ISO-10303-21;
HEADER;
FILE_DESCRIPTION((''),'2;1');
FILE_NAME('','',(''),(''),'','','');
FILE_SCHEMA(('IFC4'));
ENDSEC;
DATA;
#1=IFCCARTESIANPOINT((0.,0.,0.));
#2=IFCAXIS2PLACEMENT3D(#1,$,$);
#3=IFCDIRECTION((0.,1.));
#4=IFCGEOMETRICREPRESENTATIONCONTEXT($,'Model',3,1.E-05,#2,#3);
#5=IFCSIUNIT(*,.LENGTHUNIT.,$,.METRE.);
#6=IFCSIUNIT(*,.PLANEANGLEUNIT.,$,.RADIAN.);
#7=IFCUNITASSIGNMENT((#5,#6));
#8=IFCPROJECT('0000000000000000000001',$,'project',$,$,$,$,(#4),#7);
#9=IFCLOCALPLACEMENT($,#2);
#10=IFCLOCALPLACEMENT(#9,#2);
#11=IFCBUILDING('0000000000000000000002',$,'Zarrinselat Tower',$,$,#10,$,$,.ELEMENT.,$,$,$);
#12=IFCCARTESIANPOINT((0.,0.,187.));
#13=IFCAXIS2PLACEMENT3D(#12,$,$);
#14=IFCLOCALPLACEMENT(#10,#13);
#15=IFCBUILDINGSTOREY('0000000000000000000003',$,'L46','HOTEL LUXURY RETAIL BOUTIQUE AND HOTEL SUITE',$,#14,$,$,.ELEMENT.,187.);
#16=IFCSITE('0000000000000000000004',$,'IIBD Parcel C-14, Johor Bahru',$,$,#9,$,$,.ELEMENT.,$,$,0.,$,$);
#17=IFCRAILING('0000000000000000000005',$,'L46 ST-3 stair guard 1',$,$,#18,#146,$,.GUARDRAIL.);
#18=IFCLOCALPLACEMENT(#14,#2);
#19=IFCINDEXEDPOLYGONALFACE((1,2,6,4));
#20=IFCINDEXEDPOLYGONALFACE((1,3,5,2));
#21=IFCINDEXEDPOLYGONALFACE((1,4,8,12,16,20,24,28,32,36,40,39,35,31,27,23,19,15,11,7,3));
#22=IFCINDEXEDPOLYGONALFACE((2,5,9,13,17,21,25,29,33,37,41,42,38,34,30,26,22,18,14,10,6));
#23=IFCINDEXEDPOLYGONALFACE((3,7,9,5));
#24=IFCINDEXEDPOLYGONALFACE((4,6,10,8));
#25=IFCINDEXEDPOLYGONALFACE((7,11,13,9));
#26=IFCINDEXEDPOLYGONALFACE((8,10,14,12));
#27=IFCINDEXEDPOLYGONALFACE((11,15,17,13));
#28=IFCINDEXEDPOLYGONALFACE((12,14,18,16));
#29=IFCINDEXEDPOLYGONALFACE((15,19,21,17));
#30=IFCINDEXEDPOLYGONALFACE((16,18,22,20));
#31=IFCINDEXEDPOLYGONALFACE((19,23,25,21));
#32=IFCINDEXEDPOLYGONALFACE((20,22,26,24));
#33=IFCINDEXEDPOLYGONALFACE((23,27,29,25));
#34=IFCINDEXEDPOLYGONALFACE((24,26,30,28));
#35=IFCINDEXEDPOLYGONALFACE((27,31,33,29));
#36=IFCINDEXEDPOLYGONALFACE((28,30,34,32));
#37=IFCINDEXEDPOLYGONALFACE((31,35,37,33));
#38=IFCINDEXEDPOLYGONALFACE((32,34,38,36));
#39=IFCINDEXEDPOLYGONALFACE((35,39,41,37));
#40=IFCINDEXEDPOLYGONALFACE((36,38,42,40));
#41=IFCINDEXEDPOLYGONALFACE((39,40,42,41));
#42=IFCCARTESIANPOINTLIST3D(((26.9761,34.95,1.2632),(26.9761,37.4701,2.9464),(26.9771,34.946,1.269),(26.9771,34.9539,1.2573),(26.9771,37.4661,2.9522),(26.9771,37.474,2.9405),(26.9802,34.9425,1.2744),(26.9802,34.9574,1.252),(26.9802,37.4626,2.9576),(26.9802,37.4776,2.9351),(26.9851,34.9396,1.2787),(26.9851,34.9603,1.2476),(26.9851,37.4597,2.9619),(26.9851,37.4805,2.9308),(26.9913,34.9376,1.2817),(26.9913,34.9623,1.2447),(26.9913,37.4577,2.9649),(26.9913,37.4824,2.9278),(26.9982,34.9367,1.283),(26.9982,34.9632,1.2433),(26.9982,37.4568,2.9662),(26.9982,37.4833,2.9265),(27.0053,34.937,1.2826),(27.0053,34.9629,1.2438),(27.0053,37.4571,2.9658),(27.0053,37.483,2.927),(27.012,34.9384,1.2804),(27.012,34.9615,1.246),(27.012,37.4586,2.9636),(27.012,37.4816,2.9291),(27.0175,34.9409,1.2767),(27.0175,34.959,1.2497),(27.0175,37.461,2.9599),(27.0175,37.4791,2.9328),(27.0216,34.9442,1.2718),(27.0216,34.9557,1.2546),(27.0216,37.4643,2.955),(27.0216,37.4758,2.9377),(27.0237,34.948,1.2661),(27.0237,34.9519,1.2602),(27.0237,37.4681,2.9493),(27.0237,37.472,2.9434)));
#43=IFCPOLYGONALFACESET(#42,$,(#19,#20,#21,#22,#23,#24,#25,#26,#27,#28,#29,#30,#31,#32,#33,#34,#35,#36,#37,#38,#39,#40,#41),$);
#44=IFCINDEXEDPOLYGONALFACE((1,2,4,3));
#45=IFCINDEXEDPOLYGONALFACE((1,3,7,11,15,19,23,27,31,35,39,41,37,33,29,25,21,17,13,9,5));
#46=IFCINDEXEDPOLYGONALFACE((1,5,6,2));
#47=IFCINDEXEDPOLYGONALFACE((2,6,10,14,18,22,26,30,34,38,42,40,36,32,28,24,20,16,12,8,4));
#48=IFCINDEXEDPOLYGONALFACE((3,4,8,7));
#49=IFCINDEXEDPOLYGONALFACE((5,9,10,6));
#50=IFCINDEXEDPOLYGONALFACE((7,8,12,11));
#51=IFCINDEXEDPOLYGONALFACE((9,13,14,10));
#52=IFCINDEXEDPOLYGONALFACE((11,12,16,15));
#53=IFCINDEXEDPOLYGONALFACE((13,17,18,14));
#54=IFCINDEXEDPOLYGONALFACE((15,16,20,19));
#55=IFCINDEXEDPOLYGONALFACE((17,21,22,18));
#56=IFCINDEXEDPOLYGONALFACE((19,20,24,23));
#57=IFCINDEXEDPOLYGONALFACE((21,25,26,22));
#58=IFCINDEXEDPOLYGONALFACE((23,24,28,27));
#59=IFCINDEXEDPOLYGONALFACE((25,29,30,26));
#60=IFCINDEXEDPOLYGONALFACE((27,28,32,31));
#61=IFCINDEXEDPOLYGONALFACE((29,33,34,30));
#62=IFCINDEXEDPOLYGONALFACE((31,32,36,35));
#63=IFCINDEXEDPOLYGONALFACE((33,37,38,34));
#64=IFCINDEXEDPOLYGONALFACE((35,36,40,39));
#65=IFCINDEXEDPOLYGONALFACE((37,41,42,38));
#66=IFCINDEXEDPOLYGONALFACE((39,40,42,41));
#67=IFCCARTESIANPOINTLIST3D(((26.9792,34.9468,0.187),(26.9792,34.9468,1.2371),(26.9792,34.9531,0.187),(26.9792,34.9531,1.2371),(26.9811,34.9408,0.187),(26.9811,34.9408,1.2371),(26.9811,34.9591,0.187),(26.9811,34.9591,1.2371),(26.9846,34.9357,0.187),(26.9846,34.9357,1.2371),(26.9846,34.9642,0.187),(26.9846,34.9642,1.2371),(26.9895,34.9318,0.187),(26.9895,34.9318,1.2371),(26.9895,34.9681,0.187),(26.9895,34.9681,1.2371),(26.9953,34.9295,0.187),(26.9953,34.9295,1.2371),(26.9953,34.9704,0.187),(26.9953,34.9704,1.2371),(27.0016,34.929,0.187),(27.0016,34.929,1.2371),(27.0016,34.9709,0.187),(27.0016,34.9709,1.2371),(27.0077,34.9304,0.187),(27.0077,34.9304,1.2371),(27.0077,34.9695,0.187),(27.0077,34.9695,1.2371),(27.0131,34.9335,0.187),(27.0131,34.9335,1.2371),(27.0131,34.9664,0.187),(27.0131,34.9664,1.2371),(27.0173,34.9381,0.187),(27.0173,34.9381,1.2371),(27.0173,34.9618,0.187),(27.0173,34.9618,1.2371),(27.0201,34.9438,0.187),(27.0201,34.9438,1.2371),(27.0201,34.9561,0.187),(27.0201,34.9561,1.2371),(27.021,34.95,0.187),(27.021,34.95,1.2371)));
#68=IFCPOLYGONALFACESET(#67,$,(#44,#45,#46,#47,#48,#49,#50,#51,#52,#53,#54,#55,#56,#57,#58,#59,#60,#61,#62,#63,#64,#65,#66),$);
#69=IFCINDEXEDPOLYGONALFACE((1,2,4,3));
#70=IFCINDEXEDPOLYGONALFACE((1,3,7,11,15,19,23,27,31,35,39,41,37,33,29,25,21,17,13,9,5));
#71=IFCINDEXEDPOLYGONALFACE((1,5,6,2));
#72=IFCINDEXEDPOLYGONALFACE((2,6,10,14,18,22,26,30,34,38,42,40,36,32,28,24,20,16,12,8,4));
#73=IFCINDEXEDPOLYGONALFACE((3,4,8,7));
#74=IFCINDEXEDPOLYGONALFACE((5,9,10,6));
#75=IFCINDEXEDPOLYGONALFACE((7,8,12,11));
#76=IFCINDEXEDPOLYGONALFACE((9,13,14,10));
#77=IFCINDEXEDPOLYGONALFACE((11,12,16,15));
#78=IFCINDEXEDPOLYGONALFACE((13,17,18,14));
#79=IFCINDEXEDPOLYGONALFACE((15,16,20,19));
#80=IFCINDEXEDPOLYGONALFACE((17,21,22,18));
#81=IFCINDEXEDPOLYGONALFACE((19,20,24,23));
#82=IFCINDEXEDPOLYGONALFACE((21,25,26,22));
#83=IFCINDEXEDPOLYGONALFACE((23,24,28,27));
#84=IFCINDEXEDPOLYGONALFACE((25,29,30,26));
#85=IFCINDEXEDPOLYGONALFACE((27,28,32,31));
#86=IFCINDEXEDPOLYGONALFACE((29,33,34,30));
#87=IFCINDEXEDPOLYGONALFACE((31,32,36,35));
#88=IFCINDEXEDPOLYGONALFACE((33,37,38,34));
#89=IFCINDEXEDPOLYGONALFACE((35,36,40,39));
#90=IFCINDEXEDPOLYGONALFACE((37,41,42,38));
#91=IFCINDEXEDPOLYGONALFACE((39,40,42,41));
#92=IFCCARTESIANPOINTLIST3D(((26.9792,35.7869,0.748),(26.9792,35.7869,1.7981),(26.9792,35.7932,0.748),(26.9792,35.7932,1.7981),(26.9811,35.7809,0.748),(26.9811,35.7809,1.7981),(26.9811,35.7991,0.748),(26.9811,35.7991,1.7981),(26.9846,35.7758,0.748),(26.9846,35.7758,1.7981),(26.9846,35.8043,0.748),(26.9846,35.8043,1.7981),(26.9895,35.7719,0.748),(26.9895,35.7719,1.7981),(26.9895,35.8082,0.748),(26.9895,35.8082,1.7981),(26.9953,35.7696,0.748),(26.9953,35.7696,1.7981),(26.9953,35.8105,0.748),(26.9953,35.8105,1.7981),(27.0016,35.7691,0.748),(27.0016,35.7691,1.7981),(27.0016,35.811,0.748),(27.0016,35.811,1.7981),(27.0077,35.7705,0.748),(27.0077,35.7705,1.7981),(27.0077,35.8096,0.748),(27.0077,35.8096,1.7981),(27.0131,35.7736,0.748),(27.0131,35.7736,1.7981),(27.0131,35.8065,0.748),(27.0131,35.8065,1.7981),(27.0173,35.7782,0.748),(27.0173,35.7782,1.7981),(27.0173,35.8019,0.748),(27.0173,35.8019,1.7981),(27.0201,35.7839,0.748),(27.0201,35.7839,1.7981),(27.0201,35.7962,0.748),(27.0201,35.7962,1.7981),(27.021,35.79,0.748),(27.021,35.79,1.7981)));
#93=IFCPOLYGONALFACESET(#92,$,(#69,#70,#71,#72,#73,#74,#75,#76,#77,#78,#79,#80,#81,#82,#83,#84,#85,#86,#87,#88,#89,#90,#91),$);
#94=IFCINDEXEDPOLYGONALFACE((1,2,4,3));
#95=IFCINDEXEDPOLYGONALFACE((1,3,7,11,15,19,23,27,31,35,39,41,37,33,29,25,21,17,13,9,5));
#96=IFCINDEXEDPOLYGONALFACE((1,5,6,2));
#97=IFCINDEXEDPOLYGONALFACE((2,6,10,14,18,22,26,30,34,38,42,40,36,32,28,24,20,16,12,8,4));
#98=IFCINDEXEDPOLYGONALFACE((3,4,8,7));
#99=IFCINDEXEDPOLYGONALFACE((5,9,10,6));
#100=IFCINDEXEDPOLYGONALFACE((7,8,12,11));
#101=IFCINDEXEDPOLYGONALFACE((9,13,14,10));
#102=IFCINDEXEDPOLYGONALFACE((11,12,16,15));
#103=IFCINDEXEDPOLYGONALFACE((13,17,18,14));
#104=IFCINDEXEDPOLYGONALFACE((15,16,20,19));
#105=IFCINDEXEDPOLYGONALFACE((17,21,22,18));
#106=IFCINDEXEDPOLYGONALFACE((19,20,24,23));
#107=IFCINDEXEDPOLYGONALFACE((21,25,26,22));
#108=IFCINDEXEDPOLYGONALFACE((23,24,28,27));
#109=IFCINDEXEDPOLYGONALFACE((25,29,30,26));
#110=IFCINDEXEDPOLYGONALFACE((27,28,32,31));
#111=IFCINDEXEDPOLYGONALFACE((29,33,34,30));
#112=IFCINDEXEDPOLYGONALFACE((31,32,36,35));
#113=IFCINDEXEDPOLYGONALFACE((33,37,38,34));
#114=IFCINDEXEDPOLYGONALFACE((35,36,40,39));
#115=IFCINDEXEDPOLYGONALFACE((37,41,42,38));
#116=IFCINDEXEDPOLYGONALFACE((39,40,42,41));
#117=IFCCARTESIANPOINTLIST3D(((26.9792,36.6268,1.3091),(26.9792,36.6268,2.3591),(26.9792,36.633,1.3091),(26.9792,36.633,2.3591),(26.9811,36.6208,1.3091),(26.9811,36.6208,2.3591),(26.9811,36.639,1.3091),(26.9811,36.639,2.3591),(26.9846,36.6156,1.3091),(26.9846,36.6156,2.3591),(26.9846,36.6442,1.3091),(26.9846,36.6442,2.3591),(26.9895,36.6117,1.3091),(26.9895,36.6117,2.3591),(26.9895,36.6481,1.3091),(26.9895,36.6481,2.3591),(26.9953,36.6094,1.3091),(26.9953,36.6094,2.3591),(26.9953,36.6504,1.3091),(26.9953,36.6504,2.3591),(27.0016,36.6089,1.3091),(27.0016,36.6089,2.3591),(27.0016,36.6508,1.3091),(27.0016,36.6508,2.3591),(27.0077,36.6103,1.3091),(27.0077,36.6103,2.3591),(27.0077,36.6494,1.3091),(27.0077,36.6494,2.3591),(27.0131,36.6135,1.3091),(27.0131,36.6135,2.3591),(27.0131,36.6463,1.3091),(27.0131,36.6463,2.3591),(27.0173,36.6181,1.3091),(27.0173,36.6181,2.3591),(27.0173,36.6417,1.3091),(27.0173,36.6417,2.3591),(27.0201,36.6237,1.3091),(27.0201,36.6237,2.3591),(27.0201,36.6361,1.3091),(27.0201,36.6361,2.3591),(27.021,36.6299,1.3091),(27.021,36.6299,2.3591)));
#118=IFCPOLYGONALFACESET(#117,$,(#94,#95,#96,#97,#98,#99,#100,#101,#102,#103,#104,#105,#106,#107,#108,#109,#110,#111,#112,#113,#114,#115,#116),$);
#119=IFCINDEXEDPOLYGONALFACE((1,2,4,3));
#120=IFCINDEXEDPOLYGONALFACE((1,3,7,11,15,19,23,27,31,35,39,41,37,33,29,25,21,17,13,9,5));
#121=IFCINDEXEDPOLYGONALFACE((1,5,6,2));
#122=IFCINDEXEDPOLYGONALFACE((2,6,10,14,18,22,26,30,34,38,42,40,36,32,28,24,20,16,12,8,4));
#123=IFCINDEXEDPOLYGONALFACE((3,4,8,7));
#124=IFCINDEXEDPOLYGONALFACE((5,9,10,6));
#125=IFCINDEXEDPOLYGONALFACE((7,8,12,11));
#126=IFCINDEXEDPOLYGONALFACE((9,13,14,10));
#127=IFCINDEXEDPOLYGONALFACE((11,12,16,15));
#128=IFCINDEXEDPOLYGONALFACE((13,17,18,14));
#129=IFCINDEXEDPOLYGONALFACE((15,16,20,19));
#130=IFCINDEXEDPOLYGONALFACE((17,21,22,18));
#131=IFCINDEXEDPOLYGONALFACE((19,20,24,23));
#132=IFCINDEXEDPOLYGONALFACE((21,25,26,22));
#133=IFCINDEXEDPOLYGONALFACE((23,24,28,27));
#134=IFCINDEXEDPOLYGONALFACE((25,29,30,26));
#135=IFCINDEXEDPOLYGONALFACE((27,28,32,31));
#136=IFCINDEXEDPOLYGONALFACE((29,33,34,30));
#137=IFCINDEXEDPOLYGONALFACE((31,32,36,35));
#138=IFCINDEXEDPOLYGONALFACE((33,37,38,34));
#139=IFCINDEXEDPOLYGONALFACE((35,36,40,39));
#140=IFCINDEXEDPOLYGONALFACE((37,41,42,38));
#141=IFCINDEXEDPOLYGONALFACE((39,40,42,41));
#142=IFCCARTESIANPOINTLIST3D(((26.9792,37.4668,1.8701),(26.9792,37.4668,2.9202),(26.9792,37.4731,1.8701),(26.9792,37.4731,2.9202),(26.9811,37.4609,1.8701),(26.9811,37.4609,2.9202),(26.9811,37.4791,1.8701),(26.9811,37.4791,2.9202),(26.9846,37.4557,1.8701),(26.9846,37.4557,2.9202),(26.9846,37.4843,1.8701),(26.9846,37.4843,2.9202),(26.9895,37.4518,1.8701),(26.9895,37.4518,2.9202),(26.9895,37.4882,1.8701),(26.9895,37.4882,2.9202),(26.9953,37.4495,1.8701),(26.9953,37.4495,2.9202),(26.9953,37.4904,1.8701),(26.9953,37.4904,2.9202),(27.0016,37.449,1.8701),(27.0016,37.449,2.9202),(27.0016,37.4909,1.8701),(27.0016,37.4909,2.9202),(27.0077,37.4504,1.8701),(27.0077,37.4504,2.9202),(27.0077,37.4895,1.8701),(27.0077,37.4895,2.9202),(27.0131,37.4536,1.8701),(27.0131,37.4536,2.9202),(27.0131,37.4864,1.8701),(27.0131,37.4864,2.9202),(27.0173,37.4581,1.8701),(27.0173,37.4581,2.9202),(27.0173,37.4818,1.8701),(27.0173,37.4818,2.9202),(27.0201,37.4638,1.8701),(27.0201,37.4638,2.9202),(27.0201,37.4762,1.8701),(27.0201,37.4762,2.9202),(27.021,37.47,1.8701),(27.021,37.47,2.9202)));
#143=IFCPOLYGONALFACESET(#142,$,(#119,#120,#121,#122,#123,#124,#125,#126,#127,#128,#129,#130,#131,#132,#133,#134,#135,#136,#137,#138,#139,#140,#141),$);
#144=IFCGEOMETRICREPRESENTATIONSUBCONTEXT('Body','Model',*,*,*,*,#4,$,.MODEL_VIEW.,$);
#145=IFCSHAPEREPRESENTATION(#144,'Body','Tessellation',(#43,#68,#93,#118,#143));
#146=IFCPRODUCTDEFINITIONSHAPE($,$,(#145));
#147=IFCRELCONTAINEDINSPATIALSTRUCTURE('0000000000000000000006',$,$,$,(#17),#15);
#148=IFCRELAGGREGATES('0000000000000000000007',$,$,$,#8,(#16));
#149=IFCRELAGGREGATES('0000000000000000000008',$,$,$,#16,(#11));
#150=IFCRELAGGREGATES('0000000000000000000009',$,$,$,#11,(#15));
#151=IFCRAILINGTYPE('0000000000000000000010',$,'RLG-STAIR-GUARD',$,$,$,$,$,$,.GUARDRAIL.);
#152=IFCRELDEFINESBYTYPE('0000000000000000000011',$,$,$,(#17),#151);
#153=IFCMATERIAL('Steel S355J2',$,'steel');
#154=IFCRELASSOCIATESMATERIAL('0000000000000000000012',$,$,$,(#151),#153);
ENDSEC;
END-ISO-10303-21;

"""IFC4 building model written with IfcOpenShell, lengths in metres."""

from ifc_helpers import new_model, si_unit, direction, frame, origin, origin_2d, place, context, subcontext, project, spatial, circle, extrude, material, type_object, element, save


model = new_model("IFC4")

# Units and contexts
model_context = context("Model", 3, precision=1e-05, world=origin(), true_north=direction((0.0, 1.0)))
body_context = subcontext(model_context, "Body", "Model", "MODEL_VIEW")
ifc_project = project(units=[si_unit("LENGTHUNIT", "METRE"), si_unit("PLANEANGLEUNIT", "RADIAN")], contexts=[model_context])

# Site, building, storey
site_placement = place(None, origin())
site = spatial("IfcSite", under=ifc_project, at=site_placement, Name="IIBD Parcel C-14, Johor Bahru", CompositionType="ELEMENT", RefElevation=0.0)
building_placement = place(site_placement, origin())
building = spatial("IfcBuilding", under=site, at=building_placement, Name="Zarrinselat Tower", CompositionType="ELEMENT")
storey_placement = place(building_placement, frame((0.0, 0.0, 187.0)))
storey = spatial("IfcBuildingStorey", under=building, at=storey_placement, Name="L46", Description="HOTEL LUXURY RETAIL BOUTIQUE AND HOTEL SUITE", CompositionType="ELEMENT", Elevation=187.0)

# Railing
ifc_material_1 = material(Name="Steel S355J2", Category="steel")
railing_type_1 = type_object("IfcRailingType", Name="RLG-STAIR-GUARD", PredefinedType="GUARDRAIL", material=ifc_material_1)
railing_1_placement = place(storey_placement, frame((27.0, 34.95, 0.187)))
element("IfcRailing", 1, at=railing_1_placement, inside=storey, type_object=railing_type_1, Name="L46 ST-3 stair guard 1", PredefinedType="GUARDRAIL", context=body_context, shape_type="SweptSolid", body=[
    extrude(circle(Radius=0.0239, at=origin_2d()), frame((0.0, 0.0, 1.0762), z_axis=(0.0, 0.831579, 0.555406), x_axis=(-1.0, 0.0, 0.0)), (0.0, 0.0, 1.0), 3.0305),
    extrude(circle(Radius=0.021, at=origin_2d()), origin(), (0.0, 0.0, 1.0), 1.05),
    extrude(circle(Radius=0.021, at=origin_2d()), frame((0.0, 0.8401, 0.561)), (0.0, 0.0, 1.0), 1.05),
    extrude(circle(Radius=0.021, at=origin_2d()), frame((0.0, 1.6799, 1.1221)), (0.0, 0.0, 1.0), 1.05),
    extrude(circle(Radius=0.021, at=origin_2d()), frame((0.0, 2.52, 1.6831)), (0.0, 0.0, 1.0), 1.05),
])

save(model, "model.ifc")
